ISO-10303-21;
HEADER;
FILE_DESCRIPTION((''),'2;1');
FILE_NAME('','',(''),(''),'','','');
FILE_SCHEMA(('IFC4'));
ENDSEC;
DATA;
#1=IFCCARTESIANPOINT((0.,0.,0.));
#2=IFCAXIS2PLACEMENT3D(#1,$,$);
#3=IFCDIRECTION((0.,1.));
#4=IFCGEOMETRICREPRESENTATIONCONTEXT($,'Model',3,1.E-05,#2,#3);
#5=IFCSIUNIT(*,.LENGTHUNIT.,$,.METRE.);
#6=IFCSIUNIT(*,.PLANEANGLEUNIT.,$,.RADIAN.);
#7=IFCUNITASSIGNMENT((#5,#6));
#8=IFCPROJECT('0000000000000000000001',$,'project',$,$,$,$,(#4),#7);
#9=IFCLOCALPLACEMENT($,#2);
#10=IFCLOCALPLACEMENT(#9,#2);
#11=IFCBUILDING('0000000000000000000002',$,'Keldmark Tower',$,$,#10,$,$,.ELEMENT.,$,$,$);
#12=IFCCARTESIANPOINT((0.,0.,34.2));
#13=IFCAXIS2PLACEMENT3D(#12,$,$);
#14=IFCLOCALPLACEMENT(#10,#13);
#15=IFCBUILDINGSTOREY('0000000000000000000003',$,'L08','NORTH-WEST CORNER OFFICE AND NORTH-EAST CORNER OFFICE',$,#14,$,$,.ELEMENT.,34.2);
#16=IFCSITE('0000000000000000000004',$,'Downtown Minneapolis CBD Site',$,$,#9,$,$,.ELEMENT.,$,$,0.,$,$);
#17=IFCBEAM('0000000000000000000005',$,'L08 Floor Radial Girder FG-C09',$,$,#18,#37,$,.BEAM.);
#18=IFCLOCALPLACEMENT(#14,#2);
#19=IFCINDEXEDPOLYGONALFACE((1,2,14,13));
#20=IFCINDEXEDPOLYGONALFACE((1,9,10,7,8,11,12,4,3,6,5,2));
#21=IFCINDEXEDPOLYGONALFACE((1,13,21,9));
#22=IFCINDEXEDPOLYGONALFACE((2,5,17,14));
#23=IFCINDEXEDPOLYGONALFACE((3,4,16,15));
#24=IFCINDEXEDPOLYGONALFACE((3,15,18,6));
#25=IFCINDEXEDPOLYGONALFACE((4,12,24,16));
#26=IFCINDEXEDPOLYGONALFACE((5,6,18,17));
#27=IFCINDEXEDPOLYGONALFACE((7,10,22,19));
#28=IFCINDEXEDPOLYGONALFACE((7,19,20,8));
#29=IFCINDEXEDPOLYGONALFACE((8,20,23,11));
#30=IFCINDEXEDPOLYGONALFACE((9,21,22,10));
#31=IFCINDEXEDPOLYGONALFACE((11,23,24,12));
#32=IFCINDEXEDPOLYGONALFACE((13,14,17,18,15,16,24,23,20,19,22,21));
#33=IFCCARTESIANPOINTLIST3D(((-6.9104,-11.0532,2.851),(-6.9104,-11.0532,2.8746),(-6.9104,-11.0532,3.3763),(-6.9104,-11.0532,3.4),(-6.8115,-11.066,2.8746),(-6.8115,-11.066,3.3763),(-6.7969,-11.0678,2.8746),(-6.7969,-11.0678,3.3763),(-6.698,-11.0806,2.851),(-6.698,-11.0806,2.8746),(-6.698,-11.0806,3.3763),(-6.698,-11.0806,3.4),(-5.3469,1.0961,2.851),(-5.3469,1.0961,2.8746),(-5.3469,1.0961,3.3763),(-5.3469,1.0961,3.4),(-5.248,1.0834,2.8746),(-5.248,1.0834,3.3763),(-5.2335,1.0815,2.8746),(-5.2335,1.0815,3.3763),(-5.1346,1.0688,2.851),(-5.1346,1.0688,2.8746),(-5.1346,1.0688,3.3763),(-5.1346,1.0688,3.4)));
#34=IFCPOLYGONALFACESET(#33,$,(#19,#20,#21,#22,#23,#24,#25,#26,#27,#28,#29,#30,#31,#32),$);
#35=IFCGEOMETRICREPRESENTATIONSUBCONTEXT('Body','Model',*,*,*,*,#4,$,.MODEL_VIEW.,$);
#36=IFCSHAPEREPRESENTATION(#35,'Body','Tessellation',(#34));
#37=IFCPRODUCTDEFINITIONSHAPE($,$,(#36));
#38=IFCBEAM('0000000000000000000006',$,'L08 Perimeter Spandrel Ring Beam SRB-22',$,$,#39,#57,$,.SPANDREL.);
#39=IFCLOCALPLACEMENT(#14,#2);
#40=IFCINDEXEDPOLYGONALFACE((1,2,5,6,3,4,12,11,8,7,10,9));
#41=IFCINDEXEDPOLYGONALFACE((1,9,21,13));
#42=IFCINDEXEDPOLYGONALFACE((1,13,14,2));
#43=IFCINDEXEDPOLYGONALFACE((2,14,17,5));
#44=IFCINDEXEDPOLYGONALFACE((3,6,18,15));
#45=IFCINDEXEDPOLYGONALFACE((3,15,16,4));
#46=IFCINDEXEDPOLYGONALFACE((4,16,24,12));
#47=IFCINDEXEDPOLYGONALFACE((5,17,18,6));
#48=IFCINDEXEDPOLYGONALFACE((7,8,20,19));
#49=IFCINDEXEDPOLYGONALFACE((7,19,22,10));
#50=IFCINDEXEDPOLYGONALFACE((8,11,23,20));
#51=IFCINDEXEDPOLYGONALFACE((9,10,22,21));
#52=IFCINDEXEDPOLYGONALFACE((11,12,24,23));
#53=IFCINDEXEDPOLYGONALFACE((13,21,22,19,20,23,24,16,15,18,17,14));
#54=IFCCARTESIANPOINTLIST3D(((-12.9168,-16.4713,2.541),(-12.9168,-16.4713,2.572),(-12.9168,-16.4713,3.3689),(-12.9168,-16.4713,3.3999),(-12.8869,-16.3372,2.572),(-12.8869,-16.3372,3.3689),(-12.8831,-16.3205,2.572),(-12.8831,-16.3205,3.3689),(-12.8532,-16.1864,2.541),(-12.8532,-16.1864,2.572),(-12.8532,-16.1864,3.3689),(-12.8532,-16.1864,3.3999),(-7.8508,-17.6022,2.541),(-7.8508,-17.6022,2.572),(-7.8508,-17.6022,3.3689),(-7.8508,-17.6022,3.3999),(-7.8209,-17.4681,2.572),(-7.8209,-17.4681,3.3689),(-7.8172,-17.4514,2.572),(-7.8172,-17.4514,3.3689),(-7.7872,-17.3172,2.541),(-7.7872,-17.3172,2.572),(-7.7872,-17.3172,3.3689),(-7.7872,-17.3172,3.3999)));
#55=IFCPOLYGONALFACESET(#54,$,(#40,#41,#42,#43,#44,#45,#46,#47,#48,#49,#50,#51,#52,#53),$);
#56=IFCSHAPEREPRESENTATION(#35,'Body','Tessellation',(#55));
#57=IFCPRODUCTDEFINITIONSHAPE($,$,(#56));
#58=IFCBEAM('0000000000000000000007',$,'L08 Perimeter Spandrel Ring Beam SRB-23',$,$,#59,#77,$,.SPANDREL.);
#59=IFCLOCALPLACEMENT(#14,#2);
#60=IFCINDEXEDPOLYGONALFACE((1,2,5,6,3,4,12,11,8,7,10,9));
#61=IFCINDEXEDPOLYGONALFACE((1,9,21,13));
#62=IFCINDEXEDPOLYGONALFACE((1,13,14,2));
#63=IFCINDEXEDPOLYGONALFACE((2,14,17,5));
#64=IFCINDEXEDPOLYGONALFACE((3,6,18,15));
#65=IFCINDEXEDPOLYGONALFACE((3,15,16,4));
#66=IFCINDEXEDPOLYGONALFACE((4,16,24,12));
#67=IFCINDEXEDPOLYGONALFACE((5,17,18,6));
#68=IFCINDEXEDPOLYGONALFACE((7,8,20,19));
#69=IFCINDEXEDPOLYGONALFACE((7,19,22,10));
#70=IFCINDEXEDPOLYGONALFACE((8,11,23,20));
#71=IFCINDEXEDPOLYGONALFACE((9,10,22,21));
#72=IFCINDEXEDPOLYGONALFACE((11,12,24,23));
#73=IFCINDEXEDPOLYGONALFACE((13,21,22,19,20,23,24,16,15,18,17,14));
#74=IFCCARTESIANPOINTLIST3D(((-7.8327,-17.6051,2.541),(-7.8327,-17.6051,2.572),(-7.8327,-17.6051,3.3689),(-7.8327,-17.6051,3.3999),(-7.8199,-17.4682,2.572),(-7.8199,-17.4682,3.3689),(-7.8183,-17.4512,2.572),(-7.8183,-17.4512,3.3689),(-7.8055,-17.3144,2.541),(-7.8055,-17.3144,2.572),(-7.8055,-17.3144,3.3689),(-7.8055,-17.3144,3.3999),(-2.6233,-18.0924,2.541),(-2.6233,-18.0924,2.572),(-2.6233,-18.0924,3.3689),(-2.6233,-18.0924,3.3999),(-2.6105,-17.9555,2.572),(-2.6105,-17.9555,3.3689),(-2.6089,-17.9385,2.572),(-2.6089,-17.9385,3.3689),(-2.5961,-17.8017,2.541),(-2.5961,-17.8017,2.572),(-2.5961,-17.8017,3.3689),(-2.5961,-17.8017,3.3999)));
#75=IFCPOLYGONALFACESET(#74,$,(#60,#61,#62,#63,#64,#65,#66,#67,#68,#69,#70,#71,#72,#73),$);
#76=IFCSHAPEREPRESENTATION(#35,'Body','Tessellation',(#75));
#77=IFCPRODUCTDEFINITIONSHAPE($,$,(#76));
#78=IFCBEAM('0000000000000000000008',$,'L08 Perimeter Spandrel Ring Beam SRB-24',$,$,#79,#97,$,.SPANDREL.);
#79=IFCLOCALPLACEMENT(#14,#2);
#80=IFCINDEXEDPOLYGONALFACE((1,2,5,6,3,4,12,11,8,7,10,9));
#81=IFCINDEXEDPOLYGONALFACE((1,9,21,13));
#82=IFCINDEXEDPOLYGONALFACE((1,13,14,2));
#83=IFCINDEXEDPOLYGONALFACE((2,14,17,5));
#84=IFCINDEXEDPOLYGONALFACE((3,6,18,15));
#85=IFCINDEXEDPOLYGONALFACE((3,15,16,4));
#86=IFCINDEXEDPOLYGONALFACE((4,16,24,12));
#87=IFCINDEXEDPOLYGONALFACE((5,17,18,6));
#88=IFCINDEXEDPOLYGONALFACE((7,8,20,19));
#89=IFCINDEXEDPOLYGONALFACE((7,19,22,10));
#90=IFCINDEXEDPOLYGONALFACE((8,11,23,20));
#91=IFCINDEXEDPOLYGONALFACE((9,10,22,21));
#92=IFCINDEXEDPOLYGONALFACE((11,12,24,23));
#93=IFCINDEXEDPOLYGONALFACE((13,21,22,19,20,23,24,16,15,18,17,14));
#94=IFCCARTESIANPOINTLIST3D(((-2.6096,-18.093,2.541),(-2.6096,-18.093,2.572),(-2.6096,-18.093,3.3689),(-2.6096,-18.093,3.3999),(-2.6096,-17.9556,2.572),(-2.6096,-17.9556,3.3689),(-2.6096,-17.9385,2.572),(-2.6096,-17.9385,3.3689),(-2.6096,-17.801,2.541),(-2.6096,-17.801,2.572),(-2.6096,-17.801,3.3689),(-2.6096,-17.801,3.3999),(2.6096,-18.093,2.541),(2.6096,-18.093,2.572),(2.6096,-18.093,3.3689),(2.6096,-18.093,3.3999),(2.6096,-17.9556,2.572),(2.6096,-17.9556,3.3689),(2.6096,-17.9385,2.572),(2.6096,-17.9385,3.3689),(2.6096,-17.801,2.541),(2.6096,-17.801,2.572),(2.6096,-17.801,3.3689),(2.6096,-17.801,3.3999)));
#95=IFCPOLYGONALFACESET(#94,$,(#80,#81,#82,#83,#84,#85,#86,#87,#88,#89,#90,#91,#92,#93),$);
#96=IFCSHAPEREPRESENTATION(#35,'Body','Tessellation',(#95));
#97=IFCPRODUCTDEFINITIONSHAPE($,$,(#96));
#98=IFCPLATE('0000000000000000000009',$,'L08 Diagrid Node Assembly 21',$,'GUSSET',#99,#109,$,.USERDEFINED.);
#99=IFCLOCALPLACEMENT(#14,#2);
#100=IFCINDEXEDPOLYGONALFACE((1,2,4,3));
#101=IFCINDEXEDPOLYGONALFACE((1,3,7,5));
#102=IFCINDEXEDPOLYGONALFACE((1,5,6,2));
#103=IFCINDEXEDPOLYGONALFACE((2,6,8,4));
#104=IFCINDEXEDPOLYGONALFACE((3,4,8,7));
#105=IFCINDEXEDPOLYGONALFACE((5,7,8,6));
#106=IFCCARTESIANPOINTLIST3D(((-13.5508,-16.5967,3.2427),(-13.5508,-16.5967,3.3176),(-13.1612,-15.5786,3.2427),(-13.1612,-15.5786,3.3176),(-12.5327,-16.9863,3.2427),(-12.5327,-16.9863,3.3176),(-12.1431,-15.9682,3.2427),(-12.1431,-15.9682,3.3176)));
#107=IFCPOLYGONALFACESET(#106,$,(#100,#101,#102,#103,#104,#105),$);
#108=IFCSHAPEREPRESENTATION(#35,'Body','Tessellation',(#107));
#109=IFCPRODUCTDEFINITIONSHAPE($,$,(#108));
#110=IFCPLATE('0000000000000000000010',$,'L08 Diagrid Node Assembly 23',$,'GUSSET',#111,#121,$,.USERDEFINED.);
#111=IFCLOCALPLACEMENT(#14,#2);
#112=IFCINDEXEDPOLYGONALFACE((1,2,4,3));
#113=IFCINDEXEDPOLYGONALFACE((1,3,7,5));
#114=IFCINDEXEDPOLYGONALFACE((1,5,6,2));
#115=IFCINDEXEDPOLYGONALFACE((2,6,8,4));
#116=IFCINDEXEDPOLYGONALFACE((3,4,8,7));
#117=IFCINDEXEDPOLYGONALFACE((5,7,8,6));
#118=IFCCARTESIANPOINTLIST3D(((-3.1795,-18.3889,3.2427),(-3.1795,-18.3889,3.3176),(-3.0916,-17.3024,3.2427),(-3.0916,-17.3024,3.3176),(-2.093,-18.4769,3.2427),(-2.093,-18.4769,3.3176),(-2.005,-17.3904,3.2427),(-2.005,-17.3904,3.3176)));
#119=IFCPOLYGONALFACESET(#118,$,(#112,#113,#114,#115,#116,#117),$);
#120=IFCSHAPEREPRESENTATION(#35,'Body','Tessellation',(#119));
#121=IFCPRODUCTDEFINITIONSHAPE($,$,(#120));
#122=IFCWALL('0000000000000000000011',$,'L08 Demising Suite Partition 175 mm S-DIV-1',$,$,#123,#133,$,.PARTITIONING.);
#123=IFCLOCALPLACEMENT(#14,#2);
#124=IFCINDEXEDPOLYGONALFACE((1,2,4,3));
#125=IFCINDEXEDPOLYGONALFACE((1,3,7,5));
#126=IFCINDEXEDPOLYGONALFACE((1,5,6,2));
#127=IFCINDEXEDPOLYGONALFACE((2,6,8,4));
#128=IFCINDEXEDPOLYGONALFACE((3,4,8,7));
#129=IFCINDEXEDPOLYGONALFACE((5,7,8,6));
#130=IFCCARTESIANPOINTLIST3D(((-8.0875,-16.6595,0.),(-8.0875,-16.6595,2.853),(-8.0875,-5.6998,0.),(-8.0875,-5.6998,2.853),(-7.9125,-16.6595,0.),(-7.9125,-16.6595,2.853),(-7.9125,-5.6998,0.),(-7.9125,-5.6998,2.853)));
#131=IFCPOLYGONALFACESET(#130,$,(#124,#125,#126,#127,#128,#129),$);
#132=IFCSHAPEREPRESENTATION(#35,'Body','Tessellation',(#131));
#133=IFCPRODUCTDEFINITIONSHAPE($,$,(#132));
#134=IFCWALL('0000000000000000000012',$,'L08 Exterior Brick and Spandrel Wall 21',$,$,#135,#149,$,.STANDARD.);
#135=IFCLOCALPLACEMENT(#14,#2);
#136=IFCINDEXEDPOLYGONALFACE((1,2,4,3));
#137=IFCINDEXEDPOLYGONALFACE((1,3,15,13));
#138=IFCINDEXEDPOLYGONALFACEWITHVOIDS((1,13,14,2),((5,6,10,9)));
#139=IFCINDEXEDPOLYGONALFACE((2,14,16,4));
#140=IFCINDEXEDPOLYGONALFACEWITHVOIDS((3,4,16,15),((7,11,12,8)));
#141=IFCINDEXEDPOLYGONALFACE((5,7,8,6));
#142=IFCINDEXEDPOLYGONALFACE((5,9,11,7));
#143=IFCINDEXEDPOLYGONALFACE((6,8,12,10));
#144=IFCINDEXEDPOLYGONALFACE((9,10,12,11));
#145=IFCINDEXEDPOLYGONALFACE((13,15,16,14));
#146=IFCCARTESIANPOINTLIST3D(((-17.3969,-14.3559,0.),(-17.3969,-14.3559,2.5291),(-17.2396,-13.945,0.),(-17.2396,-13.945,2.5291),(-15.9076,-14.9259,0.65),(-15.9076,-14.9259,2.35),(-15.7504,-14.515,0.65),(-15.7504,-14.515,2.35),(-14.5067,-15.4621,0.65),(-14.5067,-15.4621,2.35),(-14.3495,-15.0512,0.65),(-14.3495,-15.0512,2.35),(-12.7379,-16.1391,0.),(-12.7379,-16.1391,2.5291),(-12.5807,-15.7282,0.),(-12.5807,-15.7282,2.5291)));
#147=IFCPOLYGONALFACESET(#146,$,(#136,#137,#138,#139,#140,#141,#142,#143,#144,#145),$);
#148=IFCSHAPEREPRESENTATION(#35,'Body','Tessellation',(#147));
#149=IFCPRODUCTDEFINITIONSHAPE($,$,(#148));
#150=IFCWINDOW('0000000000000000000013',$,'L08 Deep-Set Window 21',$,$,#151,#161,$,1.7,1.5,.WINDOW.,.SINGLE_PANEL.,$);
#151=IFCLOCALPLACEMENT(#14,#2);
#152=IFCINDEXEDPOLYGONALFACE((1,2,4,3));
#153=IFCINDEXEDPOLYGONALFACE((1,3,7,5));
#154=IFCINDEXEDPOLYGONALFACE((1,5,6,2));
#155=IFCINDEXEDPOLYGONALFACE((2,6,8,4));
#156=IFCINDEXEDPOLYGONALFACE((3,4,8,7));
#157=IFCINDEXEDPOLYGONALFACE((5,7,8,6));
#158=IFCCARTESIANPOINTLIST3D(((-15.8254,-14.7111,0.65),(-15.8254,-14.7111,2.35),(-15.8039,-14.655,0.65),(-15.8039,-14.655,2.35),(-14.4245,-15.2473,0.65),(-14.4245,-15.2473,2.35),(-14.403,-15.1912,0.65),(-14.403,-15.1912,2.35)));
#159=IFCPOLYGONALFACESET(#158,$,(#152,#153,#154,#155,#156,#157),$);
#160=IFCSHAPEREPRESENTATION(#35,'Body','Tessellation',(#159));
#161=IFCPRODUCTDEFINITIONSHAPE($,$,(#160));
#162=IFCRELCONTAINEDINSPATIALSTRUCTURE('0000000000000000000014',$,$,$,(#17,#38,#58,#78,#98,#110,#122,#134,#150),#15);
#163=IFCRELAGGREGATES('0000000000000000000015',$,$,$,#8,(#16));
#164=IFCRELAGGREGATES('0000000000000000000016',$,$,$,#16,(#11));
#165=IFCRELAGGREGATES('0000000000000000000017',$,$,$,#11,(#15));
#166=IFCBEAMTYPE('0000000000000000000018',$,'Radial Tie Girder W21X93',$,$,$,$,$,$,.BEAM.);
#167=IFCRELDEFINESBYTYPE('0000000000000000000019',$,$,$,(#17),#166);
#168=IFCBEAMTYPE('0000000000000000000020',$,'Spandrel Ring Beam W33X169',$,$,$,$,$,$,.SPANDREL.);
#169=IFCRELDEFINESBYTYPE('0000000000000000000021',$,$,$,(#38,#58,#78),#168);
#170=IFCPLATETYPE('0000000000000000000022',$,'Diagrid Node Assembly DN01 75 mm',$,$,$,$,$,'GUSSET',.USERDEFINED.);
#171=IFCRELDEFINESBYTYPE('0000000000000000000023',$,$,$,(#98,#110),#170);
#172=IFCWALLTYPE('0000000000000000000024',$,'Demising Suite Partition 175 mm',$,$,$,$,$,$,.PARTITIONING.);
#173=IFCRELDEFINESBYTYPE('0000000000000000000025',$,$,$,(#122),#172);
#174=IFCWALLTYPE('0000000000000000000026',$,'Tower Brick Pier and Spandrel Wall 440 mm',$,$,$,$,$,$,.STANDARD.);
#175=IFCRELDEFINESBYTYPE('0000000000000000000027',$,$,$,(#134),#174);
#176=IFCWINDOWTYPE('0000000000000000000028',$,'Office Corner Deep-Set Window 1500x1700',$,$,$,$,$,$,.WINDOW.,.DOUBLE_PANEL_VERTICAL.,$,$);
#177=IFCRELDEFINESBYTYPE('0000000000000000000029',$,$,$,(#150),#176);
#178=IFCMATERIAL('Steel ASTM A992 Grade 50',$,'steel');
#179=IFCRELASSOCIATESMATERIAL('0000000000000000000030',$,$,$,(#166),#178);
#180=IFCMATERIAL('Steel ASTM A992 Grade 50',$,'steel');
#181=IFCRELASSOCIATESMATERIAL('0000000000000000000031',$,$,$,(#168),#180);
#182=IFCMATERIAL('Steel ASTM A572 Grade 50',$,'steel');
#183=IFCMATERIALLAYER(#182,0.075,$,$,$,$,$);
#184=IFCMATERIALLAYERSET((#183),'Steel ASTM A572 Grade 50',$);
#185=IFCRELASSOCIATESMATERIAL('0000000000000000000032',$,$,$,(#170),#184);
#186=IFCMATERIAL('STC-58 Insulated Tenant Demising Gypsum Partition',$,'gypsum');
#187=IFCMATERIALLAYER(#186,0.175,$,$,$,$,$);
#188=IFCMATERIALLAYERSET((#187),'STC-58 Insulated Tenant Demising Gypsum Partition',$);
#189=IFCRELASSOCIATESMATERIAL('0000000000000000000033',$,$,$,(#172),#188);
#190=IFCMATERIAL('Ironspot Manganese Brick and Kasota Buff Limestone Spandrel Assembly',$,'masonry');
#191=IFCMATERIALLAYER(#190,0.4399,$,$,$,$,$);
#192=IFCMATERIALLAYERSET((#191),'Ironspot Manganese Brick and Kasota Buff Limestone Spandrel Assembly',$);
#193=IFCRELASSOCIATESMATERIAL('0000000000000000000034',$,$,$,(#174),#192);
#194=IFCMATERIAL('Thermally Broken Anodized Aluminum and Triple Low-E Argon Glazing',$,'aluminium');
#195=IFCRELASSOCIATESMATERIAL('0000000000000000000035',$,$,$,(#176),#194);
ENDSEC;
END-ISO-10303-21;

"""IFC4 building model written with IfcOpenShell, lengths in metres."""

from ifc_helpers import new_model, si_unit, direction, frame, frame_2d, origin, origin_2d, place, context, subcontext, project, spatial, rectangle, i_section, extrude, material, layer, layer_set, material_profile, profile_set, type_object, element, fill, save


model = new_model("IFC4")

# Units and contexts
model_context = context("Model", 3, precision=1e-05, world=origin(), true_north=direction((0.0, 1.0)))
body_context = subcontext(model_context, "Body", "Model", "MODEL_VIEW")
ifc_project = project(units=[si_unit("LENGTHUNIT", "METRE"), si_unit("PLANEANGLEUNIT", "RADIAN")], contexts=[model_context])

# Site, building, storey
site_placement = place(None, origin())
site = spatial("IfcSite", under=ifc_project, at=site_placement, Name="Downtown Minneapolis CBD Site", CompositionType="ELEMENT", RefElevation=0.0)
building_placement = place(site_placement, origin())
building = spatial("IfcBuilding", under=site, at=building_placement, Name="Keldmark Tower", CompositionType="ELEMENT")
storey_placement = place(building_placement, frame((0.0, 0.0, 34.2)))
storey = spatial("IfcBuildingStorey", under=building, at=storey_placement, Name="L08", Description="NORTH-WEST CORNER OFFICE AND NORTH-EAST CORNER OFFICE", CompositionType="ELEMENT", Elevation=34.2)

# Beams
ifc_material_1 = material(Name="Steel ASTM A992 Grade 50", Category="steel")
ifc_material_profile_1 = material_profile(ifc_material_1, i_section(OverallWidth=0.2141, OverallDepth=0.5491, WebThickness=0.0146, FlangeThickness=0.0237, at=origin_2d()), Name="W21X93")
ifc_profile_set_1 = profile_set([ifc_material_profile_1], Name="Steel ASTM A992 Grade 50")
beam_type_1 = type_object("IfcBeamType", Name="Radial Tie Girder W21X93", PredefinedType="BEAM", material=ifc_profile_set_1)
beam_1_placement = place(storey_placement, frame((-6.8042, -11.0669, 3.1255), z_axis=(0.127635, 0.991821, 0.0), x_axis=(-0.991821, 0.127635, 0.0)))
element("IfcBeam", 1, at=beam_1_placement, inside=storey, type_object=beam_type_1, Name="L08 Floor Radial Girder FG-C09", PredefinedType="BEAM", context=body_context, shape_type="SweptSolid", body=[
    extrude(i_section(OverallWidth=0.2141, OverallDepth=0.5491, WebThickness=0.0146, FlangeThickness=0.0237, at=origin_2d()), origin(), (0.0, 0.0, 1.0), 12.2495),
])
ifc_material_2 = material(Name="Steel ASTM A992 Grade 50", Category="steel")
ifc_material_profile_2 = material_profile(ifc_material_2, i_section(OverallWidth=0.292, OverallDepth=0.8589, WebThickness=0.0171, FlangeThickness=0.031, at=origin_2d()), Name="W33X169")
ifc_profile_set_2 = profile_set([ifc_material_profile_2], Name="Steel ASTM A992 Grade 50")
beam_type_2 = type_object("IfcBeamType", Name="Spandrel Ring Beam W33X169", PredefinedType="SPANDREL", material=ifc_profile_set_2)
beam_2_placement = place(storey_placement, frame((-12.885, -16.3289, 2.9705), z_axis=(0.975979, -0.217867, 0.0), x_axis=(0.217867, 0.975979, 0.0)))
element("IfcBeam", 2, at=beam_2_placement, inside=storey, type_object=beam_type_2, Name="L08 Perimeter Spandrel Ring Beam SRB-22", PredefinedType="SPANDREL", context=body_context, shape_type="SweptSolid", body=[
    extrude(i_section(OverallWidth=0.292, OverallDepth=0.8589, WebThickness=0.0171, FlangeThickness=0.031, at=origin_2d()), origin(), (0.0, 0.0, 1.0), 5.1907),
])
beam_3_placement = place(storey_placement, frame((-7.8191, -17.4597, 2.9705), z_axis=(0.995653, -0.093135, 0.0), x_axis=(0.093135, 0.995653, 0.0)))
element("IfcBeam", 3, at=beam_3_placement, inside=storey, type_object=beam_type_2, Name="L08 Perimeter Spandrel Ring Beam SRB-23", PredefinedType="SPANDREL", context=body_context, shape_type="SweptSolid", body=[
    extrude(i_section(OverallWidth=0.292, OverallDepth=0.8589, WebThickness=0.0171, FlangeThickness=0.031, at=origin_2d()), origin(), (0.0, 0.0, 1.0), 5.2322),
])
beam_4_placement = place(storey_placement, frame((-2.6096, -17.947, 2.9705), z_axis=(1.0, 0.0, 0.0), x_axis=(0.0, 1.0, 0.0)))
element("IfcBeam", 4, at=beam_4_placement, inside=storey, type_object=beam_type_2, Name="L08 Perimeter Spandrel Ring Beam SRB-24", PredefinedType="SPANDREL", context=body_context, shape_type="SweptSolid", body=[
    extrude(i_section(OverallWidth=0.292, OverallDepth=0.8589, WebThickness=0.0171, FlangeThickness=0.031, at=origin_2d()), origin(), (0.0, 0.0, 1.0), 5.2192),
])

# Plates
ifc_material_3 = material(Name="Steel ASTM A572 Grade 50", Category="steel")
ifc_layer_1 = layer(ifc_material_3, 0.075)
ifc_layer_set_1 = layer_set([ifc_layer_1], Name="Steel ASTM A572 Grade 50")
plate_type = type_object("IfcPlateType", Name="Diagrid Node Assembly DN01 75 mm", ElementType="GUSSET", PredefinedType="USERDEFINED", material=ifc_layer_set_1)
for number, where, z_axis, x_axis, name in (
    (5, (-12.8469, -16.2825, 3.2427), (0.0, 0.0, 1.0), (0.933955, -0.35739, 0.0), "L08 Diagrid Node Assembly 21"),
    (6, (-2.5923, -17.8896, 3.2427), (0.0, 0.0, 1.0), (0.996737, -0.080721, 0.0), "L08 Diagrid Node Assembly 23"),
):
    element("IfcPlate", number, at=place(storey_placement, frame(where, z_axis=z_axis, x_axis=x_axis)), inside=storey, type_object=plate_type, Name=name, ObjectType="GUSSET", PredefinedType="USERDEFINED", context=body_context, shape_type="SweptSolid", body=[
        extrude(rectangle(XDim=1.0901, YDim=1.0901, at=origin_2d()), origin(), (0.0, 0.0, 1.0), 0.075),
    ])

# Wall
ifc_material_4 = material(Name="STC-58 Insulated Tenant Demising Gypsum Partition", Category="gypsum")
ifc_layer_2 = layer(ifc_material_4, 0.175)
ifc_layer_set_2 = layer_set([ifc_layer_2], Name="STC-58 Insulated Tenant Demising Gypsum Partition")
wall_type_1 = type_object("IfcWallType", Name="Demising Suite Partition 175 mm", PredefinedType="PARTITIONING", material=ifc_layer_set_2)
wall_1_placement = place(storey_placement, frame((-8.0, -16.6597, 0.0), z_axis=(0.0, 0.0, 1.0), x_axis=(0.0, 1.0, 0.0)))
element("IfcWall", 7, at=wall_1_placement, inside=storey, type_object=wall_type_1, Name="L08 Demising Suite Partition 175 mm S-DIV-1", PredefinedType="PARTITIONING", context=body_context, shape_type="SweptSolid", body=[
    extrude(rectangle(XDim=10.9597, YDim=0.175, at=frame_2d((5.48, 0.0))), origin(), (0.0, 0.0, 1.0), 2.853),
])

# Wall, opening, window
ifc_material_5 = material(Name="Ironspot Manganese Brick and Kasota Buff Limestone Spandrel Assembly", Category="masonry")
ifc_layer_3 = layer(ifc_material_5, 0.4399)
ifc_layer_set_3 = layer_set([ifc_layer_3], Name="Ironspot Manganese Brick and Kasota Buff Limestone Spandrel Assembly")
wall_type_2 = type_object("IfcWallType", Name="Tower Brick Pier and Spandrel Wall 440 mm", PredefinedType="STANDARD", material=ifc_layer_set_3)
wall_2_placement = place(storey_placement, frame((-12.6594, -15.9336, 0.0), z_axis=(0.0, 0.0, 1.0), x_axis=(-0.933928, 0.35746, 0.0)))
wall_2 = element("IfcWall", 8, at=wall_2_placement, inside=storey, type_object=wall_type_2, Name="L08 Exterior Brick and Spandrel Wall 21", PredefinedType="STANDARD", context=body_context, shape_type="SweptSolid", body=[
    extrude(rectangle(XDim=4.9885, YDim=0.4399, at=frame_2d((2.4941, 0.0))), origin(), (0.0, 0.0, 1.0), 2.5291),
])
opening_1_placement = place(wall_2_placement, frame((1.8938, 0.0, 0.6499)))
opening_1 = element("IfcOpeningElement", 9, at=opening_1_placement, cuts=wall_2, PredefinedType="OPENING", context=body_context, shape_type="SweptSolid", body=[
    extrude(rectangle(XDim=1.5, YDim=1.7, at=frame_2d((0.75, 0.8501))), frame((0.0, 0.23, 0.0), z_axis=(0.0, -1.0, 0.0), x_axis=(1.0, 0.0, 0.0)), (0.0, 0.0, 1.0), 0.46),
])
ifc_material_6 = material(Name="Thermally Broken Anodized Aluminum and Triple Low-E Argon Glazing", Category="aluminium")
window_type_1 = type_object("IfcWindowType", Name="Office Corner Deep-Set Window 1500x1700", PartitioningType="DOUBLE_PANEL_VERTICAL", PredefinedType="WINDOW", material=ifc_material_6)
window_1_placement = place(opening_1_placement, origin())
window_1 = element("IfcWindow", 10, at=window_1_placement, inside=storey, type_object=window_type_1, Name="L08 Deep-Set Window 21", OverallHeight=1.7, OverallWidth=1.5, PartitioningType="SINGLE_PANEL", PredefinedType="WINDOW", context=body_context, shape_type="SweptSolid", body=[
    extrude(rectangle(XDim=1.5, YDim=1.7, at=frame_2d((0.75, 0.8501))), frame((0.0, -0.01, 0.0), z_axis=(0.0, -1.0, 0.0), x_axis=(1.0, 0.0, 0.0)), (0.0, 0.0, 1.0), 0.0601),
])
fill(opening_1, window_1)

save(model, "model.ifc")
